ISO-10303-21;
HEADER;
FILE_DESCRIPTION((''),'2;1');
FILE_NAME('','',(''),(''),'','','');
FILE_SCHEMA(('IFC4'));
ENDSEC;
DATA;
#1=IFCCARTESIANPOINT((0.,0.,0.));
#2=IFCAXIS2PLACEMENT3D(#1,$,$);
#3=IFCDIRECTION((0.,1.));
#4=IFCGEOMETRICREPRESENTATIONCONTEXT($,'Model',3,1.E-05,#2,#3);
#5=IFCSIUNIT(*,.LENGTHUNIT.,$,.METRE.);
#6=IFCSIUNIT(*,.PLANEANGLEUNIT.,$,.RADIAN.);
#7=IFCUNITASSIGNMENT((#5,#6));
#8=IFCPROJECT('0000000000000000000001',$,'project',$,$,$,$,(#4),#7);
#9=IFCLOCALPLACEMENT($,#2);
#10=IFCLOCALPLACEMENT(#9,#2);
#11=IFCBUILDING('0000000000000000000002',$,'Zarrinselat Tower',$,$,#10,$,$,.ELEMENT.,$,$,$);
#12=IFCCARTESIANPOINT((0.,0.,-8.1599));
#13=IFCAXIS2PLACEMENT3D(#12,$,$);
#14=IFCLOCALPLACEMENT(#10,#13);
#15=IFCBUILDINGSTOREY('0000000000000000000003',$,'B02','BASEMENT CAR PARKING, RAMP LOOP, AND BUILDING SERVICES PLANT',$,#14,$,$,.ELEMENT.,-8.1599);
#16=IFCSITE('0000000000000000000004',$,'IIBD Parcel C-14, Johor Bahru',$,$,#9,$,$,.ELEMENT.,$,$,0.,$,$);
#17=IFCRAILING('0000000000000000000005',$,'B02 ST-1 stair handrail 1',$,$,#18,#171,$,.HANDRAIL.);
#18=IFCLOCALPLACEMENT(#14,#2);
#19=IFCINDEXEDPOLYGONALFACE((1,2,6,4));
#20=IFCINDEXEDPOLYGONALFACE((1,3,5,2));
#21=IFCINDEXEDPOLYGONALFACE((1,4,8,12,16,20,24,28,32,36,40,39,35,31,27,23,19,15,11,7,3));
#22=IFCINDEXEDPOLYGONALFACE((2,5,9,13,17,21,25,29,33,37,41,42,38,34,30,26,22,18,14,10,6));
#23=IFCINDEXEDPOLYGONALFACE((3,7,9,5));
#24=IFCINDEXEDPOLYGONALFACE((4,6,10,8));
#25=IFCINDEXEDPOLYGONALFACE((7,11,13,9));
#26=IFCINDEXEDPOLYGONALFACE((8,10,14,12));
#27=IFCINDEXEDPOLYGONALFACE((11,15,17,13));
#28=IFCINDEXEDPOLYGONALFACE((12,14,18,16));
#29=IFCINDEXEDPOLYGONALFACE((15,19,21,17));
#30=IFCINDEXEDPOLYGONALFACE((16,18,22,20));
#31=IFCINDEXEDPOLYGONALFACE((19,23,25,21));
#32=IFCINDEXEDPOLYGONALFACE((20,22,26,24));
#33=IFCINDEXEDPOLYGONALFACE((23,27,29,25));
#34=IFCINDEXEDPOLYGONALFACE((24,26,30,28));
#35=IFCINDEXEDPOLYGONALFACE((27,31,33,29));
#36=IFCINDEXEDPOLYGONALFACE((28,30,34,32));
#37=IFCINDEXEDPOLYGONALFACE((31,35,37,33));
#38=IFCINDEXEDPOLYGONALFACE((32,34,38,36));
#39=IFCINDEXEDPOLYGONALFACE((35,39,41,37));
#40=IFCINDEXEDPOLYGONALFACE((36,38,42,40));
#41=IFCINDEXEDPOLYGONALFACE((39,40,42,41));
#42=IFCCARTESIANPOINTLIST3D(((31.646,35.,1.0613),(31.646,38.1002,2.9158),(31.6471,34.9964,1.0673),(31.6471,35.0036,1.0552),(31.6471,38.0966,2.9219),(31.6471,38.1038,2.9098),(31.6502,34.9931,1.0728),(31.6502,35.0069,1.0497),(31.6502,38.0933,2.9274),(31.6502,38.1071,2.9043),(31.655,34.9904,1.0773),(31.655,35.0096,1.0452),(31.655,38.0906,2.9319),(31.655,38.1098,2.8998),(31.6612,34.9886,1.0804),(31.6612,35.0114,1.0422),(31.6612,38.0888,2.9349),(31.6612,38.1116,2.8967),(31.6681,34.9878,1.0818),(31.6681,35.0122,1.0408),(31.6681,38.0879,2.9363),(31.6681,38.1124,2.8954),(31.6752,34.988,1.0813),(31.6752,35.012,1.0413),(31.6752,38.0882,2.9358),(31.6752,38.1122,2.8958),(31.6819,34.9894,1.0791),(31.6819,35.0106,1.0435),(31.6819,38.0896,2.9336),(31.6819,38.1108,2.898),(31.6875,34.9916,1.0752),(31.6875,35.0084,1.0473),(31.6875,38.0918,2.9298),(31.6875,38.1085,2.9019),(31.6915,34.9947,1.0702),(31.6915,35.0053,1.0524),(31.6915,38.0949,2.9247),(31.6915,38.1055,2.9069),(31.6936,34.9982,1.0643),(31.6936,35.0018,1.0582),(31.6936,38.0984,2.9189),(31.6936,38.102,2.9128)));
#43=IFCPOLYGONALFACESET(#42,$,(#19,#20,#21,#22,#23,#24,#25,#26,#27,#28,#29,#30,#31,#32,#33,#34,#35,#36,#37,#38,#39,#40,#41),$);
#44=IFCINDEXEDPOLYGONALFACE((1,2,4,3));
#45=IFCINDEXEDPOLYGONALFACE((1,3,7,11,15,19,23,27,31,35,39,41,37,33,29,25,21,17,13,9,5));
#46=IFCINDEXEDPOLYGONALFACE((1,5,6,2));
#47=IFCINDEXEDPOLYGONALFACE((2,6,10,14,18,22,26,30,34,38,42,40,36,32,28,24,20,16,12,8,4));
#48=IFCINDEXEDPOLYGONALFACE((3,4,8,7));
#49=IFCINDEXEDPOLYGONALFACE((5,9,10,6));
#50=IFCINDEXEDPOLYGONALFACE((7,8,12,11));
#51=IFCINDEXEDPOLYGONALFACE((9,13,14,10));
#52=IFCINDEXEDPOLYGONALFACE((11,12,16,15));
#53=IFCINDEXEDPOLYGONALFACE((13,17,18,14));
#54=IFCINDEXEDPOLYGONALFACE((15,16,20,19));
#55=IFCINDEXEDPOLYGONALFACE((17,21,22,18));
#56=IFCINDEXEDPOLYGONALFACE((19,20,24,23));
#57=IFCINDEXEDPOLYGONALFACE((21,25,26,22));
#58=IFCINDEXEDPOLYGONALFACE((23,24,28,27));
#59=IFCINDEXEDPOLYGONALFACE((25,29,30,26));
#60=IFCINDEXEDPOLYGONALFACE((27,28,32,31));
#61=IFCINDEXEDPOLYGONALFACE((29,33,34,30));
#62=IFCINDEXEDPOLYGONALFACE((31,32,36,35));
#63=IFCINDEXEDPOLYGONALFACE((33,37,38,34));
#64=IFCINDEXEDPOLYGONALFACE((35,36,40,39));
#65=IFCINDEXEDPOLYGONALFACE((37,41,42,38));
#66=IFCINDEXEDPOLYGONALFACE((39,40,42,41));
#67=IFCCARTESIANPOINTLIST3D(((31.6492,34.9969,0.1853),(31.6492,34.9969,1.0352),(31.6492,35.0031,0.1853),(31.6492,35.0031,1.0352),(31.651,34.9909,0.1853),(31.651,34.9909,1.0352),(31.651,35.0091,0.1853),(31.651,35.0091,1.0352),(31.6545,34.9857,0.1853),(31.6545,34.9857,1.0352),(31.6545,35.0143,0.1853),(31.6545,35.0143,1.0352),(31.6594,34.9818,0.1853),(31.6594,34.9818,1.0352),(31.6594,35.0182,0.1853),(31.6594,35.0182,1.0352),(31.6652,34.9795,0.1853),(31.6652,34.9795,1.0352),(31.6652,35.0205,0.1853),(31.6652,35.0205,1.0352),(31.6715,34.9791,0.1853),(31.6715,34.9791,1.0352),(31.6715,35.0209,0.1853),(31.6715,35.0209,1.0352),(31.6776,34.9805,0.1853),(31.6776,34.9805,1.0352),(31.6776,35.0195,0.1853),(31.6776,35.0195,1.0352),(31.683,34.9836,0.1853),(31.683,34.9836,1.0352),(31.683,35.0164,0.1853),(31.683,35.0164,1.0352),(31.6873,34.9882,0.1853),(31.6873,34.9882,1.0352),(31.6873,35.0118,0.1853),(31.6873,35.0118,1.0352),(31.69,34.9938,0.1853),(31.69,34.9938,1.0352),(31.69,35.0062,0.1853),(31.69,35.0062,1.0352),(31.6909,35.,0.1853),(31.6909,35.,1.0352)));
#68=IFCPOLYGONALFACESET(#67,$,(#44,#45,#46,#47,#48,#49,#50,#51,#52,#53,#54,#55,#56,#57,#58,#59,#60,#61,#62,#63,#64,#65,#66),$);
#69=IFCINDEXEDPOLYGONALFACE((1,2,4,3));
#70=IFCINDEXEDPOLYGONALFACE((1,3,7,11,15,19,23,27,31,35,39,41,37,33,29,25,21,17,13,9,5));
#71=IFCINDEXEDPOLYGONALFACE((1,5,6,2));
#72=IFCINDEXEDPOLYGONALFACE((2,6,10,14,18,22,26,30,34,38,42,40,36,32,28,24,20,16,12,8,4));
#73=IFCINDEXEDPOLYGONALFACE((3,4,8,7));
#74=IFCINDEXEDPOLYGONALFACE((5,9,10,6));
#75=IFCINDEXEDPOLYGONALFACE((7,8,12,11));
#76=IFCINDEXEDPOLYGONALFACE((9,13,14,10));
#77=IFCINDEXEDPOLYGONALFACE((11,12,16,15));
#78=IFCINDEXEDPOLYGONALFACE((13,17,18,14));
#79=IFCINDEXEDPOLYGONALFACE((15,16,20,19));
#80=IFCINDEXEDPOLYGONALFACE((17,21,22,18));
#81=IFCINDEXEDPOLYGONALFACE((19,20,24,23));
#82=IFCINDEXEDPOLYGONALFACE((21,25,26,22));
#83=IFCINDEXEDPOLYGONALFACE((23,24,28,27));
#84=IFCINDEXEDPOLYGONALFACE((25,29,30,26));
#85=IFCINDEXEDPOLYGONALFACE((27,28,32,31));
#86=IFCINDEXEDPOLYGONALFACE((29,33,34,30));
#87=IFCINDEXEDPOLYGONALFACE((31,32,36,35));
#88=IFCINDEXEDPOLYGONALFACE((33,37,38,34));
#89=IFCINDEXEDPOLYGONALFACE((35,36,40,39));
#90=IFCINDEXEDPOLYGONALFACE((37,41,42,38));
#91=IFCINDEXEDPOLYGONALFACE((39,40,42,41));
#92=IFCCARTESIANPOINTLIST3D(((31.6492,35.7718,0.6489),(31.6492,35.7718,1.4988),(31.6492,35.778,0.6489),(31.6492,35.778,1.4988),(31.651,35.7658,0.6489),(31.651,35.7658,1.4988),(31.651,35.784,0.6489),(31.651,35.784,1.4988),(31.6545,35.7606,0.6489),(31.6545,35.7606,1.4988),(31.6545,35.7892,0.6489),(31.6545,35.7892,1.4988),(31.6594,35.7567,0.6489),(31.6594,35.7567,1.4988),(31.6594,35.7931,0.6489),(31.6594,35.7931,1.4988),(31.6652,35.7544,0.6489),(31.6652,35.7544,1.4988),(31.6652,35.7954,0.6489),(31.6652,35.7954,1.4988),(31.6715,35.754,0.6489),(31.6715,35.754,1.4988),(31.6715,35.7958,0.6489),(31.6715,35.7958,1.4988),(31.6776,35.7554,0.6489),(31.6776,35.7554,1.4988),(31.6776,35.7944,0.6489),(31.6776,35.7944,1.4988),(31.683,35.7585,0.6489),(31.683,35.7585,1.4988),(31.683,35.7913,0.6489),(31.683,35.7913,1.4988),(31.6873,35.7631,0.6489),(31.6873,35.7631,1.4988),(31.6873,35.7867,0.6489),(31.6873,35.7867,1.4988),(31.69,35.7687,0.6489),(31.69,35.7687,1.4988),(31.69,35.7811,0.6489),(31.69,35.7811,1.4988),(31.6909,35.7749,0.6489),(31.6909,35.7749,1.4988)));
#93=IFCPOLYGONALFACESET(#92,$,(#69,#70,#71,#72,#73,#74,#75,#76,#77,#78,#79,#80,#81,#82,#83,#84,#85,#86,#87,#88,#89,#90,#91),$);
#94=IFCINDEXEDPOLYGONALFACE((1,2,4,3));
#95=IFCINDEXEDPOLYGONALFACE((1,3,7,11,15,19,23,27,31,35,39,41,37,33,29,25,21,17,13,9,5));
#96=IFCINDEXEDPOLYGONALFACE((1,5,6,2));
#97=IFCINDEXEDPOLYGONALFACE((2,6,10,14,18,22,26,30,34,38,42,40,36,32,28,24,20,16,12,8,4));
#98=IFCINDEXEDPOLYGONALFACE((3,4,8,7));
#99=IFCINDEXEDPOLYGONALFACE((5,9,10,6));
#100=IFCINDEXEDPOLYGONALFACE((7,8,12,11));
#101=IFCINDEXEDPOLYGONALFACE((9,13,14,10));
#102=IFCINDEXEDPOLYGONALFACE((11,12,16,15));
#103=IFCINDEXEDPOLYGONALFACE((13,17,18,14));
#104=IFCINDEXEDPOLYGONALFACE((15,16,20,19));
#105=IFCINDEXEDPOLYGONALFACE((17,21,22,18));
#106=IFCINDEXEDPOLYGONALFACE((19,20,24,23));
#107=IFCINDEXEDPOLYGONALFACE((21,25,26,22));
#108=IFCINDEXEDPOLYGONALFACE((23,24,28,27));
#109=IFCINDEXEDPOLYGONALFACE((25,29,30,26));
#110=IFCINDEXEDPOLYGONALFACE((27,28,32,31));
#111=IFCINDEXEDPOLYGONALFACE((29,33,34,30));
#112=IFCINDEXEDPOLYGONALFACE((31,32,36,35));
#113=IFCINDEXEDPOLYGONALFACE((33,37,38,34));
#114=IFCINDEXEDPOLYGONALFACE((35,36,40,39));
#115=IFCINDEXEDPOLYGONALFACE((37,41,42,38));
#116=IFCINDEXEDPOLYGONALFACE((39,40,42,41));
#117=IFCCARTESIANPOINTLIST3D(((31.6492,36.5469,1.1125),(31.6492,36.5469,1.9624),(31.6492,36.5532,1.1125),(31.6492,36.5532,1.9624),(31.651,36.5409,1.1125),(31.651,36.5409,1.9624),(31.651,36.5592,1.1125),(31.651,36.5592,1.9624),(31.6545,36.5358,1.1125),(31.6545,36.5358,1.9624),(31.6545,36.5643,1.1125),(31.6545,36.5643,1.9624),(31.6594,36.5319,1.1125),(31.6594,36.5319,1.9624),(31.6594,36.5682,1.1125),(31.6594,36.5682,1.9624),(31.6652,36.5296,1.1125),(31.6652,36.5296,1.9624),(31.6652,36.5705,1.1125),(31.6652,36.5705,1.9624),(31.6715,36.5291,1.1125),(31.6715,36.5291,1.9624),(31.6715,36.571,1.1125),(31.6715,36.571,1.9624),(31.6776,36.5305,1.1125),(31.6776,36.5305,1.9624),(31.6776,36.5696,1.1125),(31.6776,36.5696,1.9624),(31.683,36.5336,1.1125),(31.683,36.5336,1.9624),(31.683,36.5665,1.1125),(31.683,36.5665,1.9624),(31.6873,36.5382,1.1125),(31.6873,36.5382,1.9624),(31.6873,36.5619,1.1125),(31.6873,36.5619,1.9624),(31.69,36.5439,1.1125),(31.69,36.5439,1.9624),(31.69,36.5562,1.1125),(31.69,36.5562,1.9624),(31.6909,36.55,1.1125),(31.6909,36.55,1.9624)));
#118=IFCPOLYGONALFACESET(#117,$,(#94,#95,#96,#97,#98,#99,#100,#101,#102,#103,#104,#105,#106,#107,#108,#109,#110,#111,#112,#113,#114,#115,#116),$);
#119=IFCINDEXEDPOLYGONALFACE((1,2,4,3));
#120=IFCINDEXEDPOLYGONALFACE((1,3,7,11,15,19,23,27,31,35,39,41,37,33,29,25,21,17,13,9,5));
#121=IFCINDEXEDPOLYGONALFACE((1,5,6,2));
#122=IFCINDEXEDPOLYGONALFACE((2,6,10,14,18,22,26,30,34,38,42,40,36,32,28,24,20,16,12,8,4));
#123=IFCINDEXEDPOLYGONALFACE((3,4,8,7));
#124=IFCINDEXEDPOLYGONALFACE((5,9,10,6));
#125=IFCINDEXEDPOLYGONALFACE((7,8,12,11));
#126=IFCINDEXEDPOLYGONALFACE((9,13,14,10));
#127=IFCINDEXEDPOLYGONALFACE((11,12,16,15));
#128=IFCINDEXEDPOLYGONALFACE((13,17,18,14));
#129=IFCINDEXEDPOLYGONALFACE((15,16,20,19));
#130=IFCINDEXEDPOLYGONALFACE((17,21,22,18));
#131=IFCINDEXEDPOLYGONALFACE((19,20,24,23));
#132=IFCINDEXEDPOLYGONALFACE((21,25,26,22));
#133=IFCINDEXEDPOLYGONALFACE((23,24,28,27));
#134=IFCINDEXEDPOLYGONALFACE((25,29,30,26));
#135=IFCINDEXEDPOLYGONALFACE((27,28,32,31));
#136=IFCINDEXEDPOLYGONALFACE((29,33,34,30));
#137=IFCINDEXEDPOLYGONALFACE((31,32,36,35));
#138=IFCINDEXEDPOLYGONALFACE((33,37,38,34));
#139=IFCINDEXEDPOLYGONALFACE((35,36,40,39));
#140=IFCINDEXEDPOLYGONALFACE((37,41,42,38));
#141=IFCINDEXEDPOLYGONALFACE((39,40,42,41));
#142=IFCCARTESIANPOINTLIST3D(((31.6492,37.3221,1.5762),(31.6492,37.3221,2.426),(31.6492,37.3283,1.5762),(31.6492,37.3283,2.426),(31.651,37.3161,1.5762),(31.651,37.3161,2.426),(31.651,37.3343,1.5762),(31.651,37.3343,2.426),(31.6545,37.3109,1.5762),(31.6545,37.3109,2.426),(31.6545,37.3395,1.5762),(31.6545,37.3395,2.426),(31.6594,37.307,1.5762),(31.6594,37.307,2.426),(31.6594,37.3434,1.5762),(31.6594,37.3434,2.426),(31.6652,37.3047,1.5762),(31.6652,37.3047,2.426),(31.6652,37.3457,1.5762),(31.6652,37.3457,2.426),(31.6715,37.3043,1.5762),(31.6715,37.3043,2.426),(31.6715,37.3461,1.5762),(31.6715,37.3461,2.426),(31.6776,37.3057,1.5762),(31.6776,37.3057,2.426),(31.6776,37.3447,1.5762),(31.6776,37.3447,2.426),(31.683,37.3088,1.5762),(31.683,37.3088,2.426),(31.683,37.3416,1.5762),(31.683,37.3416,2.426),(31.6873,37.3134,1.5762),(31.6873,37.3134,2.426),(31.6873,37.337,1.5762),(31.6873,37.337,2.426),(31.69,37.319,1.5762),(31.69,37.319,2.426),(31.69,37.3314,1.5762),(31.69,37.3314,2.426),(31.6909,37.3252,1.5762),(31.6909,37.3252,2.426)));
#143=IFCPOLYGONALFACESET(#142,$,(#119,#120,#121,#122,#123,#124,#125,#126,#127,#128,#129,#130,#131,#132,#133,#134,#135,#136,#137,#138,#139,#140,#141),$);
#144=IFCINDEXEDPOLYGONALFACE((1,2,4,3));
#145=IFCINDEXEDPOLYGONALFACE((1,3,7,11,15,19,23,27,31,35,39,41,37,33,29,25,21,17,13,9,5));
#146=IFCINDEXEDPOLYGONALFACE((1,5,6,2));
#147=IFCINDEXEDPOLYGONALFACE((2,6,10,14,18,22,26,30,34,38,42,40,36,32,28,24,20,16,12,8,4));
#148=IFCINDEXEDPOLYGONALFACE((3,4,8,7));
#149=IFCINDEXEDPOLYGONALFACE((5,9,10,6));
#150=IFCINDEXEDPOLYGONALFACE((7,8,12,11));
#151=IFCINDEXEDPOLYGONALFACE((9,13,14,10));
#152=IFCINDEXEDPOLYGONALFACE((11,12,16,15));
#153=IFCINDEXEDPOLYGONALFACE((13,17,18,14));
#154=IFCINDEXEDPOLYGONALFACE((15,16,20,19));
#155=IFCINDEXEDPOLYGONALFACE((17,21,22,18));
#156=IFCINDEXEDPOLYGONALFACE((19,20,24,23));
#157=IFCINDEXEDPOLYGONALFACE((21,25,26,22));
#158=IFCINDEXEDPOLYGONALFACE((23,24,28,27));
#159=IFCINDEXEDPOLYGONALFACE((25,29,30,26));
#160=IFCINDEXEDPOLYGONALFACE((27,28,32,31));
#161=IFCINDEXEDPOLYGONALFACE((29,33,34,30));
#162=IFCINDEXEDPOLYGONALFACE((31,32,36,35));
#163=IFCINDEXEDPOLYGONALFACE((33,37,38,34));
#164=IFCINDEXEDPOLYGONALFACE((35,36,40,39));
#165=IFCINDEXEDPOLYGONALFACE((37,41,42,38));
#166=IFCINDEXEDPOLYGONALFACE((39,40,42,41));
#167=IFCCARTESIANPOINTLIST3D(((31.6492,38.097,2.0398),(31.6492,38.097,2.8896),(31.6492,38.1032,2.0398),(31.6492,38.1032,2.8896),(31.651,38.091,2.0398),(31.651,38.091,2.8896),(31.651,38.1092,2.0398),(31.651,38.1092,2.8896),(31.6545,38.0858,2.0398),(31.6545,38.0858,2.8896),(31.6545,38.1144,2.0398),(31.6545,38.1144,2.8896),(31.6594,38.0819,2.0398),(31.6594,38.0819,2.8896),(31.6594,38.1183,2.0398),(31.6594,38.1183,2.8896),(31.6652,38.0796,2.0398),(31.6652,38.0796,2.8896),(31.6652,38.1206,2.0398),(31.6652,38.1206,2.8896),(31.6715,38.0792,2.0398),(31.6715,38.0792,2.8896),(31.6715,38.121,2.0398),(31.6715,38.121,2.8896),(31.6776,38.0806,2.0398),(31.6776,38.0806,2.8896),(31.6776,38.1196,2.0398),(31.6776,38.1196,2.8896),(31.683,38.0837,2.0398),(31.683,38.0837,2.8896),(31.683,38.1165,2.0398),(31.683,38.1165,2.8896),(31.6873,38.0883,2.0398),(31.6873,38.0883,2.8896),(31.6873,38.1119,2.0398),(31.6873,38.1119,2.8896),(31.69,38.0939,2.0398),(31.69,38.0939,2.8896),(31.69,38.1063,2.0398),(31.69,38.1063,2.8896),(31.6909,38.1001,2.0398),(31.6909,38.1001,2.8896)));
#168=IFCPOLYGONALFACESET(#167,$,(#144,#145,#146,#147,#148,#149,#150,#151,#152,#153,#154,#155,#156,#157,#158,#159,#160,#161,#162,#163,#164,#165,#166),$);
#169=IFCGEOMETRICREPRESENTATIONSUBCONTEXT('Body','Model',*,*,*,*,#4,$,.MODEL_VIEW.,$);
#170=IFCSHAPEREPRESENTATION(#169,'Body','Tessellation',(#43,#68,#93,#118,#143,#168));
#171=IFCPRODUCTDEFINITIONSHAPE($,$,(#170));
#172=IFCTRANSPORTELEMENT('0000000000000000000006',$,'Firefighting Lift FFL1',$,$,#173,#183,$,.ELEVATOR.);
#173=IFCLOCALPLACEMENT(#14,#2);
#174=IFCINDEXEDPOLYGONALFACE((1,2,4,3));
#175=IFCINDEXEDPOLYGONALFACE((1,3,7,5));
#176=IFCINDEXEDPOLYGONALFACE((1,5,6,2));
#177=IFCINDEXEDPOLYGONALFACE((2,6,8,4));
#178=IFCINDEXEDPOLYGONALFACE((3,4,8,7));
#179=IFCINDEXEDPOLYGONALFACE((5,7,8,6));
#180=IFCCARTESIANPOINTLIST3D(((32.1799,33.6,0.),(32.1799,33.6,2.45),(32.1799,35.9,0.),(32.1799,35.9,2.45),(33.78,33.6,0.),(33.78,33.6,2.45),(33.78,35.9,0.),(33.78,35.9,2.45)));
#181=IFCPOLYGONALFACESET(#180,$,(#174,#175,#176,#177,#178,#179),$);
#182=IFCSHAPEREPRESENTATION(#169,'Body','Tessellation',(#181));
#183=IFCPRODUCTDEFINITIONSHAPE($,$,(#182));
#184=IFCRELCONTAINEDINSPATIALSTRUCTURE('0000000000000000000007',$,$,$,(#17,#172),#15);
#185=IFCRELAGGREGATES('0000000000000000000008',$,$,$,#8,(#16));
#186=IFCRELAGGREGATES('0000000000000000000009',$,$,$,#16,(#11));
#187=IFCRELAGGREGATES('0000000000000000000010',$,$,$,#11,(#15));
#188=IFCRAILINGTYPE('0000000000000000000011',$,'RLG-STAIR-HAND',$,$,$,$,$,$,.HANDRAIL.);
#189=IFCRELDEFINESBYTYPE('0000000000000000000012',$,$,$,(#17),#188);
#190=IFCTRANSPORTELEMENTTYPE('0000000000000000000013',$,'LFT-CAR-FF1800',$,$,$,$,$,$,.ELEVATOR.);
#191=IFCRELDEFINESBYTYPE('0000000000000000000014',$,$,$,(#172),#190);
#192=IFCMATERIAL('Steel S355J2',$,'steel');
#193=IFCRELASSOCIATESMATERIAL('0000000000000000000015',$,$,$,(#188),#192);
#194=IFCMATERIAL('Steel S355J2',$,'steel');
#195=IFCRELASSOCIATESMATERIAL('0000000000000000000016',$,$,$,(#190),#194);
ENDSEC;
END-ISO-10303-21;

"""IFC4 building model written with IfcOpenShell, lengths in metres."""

from ifc_helpers import new_model, si_unit, direction, frame, origin, origin_2d, place, context, subcontext, project, spatial, rectangle, circle, extrude, material, type_object, element, save


model = new_model("IFC4")

# Units and contexts
model_context = context("Model", 3, precision=1e-05, world=origin(), true_north=direction((0.0, 1.0)))
body_context = subcontext(model_context, "Body", "Model", "MODEL_VIEW")
ifc_project = project(units=[si_unit("LENGTHUNIT", "METRE"), si_unit("PLANEANGLEUNIT", "RADIAN")], contexts=[model_context])

# Site, building, storey
site_placement = place(None, origin())
site = spatial("IfcSite", under=ifc_project, at=site_placement, Name="IIBD Parcel C-14, Johor Bahru", CompositionType="ELEMENT", RefElevation=0.0)
building_placement = place(site_placement, origin())
building = spatial("IfcBuilding", under=site, at=building_placement, Name="Zarrinselat Tower", CompositionType="ELEMENT")
storey_placement = place(building_placement, frame((0.0, 0.0, -8.1599)))
storey = spatial("IfcBuildingStorey", under=building, at=storey_placement, Name="B02", Description="BASEMENT CAR PARKING, RAMP LOOP, AND BUILDING SERVICES PLANT", CompositionType="ELEMENT", Elevation=-8.1599)

# Railing
ifc_material_1 = material(Name="Steel S355J2", Category="steel")
railing_type_1 = type_object("IfcRailingType", Name="RLG-STAIR-HAND", PredefinedType="HANDRAIL", material=ifc_material_1)
railing_1_placement = place(storey_placement, frame((31.6699, 35.0, 0.1853)))
element("IfcRailing", 1, at=railing_1_placement, inside=storey, type_object=railing_type_1, Name="B02 ST-1 stair handrail 1", PredefinedType="HANDRAIL", context=body_context, shape_type="SweptSolid", body=[
    extrude(circle(Radius=0.0239, at=origin_2d()), frame((0.0, 0.0, 0.876), z_axis=(0.0, 0.858172, 0.513362), x_axis=(-1.0, 0.0, 0.0)), (0.0, 0.0, 1.0), 3.6125),
    extrude(circle(Radius=0.021, at=origin_2d()), origin(), (0.0, 0.0, 1.0), 0.8499),
    extrude(circle(Radius=0.021, at=origin_2d()), frame((0.0, 0.7749, 0.4636)), (0.0, 0.0, 1.0), 0.8499),
    extrude(circle(Radius=0.021, at=origin_2d()), frame((0.0, 1.55, 0.9272)), (0.0, 0.0, 1.0), 0.8499),
    extrude(circle(Radius=0.021, at=origin_2d()), frame((0.0, 2.3252, 1.3909)), (0.0, 0.0, 1.0), 0.8499),
    extrude(circle(Radius=0.021, at=origin_2d()), frame((0.0, 3.1001, 1.8545)), (0.0, 0.0, 1.0), 0.8499),
])

# Transport element
ifc_material_2 = material(Name="Steel S355J2", Category="steel")
transport_element_type = type_object("IfcTransportElementType", Name="LFT-CAR-FF1800", PredefinedType="ELEVATOR", material=ifc_material_2)
transport_element_placement = place(storey_placement, frame((32.98, 34.75, 0.0), z_axis=(0.0, 0.0, 1.0), x_axis=(1.0, 0.0, 0.0)))
element("IfcTransportElement", 2, at=transport_element_placement, inside=storey, type_object=transport_element_type, Name="Firefighting Lift FFL1", PredefinedType="ELEVATOR", context=body_context, shape_type="SweptSolid", body=[
    extrude(rectangle(XDim=1.6001, YDim=2.3, at=origin_2d()), origin(), (0.0, 0.0, 1.0), 2.45),
])

save(model, "model.ifc")
